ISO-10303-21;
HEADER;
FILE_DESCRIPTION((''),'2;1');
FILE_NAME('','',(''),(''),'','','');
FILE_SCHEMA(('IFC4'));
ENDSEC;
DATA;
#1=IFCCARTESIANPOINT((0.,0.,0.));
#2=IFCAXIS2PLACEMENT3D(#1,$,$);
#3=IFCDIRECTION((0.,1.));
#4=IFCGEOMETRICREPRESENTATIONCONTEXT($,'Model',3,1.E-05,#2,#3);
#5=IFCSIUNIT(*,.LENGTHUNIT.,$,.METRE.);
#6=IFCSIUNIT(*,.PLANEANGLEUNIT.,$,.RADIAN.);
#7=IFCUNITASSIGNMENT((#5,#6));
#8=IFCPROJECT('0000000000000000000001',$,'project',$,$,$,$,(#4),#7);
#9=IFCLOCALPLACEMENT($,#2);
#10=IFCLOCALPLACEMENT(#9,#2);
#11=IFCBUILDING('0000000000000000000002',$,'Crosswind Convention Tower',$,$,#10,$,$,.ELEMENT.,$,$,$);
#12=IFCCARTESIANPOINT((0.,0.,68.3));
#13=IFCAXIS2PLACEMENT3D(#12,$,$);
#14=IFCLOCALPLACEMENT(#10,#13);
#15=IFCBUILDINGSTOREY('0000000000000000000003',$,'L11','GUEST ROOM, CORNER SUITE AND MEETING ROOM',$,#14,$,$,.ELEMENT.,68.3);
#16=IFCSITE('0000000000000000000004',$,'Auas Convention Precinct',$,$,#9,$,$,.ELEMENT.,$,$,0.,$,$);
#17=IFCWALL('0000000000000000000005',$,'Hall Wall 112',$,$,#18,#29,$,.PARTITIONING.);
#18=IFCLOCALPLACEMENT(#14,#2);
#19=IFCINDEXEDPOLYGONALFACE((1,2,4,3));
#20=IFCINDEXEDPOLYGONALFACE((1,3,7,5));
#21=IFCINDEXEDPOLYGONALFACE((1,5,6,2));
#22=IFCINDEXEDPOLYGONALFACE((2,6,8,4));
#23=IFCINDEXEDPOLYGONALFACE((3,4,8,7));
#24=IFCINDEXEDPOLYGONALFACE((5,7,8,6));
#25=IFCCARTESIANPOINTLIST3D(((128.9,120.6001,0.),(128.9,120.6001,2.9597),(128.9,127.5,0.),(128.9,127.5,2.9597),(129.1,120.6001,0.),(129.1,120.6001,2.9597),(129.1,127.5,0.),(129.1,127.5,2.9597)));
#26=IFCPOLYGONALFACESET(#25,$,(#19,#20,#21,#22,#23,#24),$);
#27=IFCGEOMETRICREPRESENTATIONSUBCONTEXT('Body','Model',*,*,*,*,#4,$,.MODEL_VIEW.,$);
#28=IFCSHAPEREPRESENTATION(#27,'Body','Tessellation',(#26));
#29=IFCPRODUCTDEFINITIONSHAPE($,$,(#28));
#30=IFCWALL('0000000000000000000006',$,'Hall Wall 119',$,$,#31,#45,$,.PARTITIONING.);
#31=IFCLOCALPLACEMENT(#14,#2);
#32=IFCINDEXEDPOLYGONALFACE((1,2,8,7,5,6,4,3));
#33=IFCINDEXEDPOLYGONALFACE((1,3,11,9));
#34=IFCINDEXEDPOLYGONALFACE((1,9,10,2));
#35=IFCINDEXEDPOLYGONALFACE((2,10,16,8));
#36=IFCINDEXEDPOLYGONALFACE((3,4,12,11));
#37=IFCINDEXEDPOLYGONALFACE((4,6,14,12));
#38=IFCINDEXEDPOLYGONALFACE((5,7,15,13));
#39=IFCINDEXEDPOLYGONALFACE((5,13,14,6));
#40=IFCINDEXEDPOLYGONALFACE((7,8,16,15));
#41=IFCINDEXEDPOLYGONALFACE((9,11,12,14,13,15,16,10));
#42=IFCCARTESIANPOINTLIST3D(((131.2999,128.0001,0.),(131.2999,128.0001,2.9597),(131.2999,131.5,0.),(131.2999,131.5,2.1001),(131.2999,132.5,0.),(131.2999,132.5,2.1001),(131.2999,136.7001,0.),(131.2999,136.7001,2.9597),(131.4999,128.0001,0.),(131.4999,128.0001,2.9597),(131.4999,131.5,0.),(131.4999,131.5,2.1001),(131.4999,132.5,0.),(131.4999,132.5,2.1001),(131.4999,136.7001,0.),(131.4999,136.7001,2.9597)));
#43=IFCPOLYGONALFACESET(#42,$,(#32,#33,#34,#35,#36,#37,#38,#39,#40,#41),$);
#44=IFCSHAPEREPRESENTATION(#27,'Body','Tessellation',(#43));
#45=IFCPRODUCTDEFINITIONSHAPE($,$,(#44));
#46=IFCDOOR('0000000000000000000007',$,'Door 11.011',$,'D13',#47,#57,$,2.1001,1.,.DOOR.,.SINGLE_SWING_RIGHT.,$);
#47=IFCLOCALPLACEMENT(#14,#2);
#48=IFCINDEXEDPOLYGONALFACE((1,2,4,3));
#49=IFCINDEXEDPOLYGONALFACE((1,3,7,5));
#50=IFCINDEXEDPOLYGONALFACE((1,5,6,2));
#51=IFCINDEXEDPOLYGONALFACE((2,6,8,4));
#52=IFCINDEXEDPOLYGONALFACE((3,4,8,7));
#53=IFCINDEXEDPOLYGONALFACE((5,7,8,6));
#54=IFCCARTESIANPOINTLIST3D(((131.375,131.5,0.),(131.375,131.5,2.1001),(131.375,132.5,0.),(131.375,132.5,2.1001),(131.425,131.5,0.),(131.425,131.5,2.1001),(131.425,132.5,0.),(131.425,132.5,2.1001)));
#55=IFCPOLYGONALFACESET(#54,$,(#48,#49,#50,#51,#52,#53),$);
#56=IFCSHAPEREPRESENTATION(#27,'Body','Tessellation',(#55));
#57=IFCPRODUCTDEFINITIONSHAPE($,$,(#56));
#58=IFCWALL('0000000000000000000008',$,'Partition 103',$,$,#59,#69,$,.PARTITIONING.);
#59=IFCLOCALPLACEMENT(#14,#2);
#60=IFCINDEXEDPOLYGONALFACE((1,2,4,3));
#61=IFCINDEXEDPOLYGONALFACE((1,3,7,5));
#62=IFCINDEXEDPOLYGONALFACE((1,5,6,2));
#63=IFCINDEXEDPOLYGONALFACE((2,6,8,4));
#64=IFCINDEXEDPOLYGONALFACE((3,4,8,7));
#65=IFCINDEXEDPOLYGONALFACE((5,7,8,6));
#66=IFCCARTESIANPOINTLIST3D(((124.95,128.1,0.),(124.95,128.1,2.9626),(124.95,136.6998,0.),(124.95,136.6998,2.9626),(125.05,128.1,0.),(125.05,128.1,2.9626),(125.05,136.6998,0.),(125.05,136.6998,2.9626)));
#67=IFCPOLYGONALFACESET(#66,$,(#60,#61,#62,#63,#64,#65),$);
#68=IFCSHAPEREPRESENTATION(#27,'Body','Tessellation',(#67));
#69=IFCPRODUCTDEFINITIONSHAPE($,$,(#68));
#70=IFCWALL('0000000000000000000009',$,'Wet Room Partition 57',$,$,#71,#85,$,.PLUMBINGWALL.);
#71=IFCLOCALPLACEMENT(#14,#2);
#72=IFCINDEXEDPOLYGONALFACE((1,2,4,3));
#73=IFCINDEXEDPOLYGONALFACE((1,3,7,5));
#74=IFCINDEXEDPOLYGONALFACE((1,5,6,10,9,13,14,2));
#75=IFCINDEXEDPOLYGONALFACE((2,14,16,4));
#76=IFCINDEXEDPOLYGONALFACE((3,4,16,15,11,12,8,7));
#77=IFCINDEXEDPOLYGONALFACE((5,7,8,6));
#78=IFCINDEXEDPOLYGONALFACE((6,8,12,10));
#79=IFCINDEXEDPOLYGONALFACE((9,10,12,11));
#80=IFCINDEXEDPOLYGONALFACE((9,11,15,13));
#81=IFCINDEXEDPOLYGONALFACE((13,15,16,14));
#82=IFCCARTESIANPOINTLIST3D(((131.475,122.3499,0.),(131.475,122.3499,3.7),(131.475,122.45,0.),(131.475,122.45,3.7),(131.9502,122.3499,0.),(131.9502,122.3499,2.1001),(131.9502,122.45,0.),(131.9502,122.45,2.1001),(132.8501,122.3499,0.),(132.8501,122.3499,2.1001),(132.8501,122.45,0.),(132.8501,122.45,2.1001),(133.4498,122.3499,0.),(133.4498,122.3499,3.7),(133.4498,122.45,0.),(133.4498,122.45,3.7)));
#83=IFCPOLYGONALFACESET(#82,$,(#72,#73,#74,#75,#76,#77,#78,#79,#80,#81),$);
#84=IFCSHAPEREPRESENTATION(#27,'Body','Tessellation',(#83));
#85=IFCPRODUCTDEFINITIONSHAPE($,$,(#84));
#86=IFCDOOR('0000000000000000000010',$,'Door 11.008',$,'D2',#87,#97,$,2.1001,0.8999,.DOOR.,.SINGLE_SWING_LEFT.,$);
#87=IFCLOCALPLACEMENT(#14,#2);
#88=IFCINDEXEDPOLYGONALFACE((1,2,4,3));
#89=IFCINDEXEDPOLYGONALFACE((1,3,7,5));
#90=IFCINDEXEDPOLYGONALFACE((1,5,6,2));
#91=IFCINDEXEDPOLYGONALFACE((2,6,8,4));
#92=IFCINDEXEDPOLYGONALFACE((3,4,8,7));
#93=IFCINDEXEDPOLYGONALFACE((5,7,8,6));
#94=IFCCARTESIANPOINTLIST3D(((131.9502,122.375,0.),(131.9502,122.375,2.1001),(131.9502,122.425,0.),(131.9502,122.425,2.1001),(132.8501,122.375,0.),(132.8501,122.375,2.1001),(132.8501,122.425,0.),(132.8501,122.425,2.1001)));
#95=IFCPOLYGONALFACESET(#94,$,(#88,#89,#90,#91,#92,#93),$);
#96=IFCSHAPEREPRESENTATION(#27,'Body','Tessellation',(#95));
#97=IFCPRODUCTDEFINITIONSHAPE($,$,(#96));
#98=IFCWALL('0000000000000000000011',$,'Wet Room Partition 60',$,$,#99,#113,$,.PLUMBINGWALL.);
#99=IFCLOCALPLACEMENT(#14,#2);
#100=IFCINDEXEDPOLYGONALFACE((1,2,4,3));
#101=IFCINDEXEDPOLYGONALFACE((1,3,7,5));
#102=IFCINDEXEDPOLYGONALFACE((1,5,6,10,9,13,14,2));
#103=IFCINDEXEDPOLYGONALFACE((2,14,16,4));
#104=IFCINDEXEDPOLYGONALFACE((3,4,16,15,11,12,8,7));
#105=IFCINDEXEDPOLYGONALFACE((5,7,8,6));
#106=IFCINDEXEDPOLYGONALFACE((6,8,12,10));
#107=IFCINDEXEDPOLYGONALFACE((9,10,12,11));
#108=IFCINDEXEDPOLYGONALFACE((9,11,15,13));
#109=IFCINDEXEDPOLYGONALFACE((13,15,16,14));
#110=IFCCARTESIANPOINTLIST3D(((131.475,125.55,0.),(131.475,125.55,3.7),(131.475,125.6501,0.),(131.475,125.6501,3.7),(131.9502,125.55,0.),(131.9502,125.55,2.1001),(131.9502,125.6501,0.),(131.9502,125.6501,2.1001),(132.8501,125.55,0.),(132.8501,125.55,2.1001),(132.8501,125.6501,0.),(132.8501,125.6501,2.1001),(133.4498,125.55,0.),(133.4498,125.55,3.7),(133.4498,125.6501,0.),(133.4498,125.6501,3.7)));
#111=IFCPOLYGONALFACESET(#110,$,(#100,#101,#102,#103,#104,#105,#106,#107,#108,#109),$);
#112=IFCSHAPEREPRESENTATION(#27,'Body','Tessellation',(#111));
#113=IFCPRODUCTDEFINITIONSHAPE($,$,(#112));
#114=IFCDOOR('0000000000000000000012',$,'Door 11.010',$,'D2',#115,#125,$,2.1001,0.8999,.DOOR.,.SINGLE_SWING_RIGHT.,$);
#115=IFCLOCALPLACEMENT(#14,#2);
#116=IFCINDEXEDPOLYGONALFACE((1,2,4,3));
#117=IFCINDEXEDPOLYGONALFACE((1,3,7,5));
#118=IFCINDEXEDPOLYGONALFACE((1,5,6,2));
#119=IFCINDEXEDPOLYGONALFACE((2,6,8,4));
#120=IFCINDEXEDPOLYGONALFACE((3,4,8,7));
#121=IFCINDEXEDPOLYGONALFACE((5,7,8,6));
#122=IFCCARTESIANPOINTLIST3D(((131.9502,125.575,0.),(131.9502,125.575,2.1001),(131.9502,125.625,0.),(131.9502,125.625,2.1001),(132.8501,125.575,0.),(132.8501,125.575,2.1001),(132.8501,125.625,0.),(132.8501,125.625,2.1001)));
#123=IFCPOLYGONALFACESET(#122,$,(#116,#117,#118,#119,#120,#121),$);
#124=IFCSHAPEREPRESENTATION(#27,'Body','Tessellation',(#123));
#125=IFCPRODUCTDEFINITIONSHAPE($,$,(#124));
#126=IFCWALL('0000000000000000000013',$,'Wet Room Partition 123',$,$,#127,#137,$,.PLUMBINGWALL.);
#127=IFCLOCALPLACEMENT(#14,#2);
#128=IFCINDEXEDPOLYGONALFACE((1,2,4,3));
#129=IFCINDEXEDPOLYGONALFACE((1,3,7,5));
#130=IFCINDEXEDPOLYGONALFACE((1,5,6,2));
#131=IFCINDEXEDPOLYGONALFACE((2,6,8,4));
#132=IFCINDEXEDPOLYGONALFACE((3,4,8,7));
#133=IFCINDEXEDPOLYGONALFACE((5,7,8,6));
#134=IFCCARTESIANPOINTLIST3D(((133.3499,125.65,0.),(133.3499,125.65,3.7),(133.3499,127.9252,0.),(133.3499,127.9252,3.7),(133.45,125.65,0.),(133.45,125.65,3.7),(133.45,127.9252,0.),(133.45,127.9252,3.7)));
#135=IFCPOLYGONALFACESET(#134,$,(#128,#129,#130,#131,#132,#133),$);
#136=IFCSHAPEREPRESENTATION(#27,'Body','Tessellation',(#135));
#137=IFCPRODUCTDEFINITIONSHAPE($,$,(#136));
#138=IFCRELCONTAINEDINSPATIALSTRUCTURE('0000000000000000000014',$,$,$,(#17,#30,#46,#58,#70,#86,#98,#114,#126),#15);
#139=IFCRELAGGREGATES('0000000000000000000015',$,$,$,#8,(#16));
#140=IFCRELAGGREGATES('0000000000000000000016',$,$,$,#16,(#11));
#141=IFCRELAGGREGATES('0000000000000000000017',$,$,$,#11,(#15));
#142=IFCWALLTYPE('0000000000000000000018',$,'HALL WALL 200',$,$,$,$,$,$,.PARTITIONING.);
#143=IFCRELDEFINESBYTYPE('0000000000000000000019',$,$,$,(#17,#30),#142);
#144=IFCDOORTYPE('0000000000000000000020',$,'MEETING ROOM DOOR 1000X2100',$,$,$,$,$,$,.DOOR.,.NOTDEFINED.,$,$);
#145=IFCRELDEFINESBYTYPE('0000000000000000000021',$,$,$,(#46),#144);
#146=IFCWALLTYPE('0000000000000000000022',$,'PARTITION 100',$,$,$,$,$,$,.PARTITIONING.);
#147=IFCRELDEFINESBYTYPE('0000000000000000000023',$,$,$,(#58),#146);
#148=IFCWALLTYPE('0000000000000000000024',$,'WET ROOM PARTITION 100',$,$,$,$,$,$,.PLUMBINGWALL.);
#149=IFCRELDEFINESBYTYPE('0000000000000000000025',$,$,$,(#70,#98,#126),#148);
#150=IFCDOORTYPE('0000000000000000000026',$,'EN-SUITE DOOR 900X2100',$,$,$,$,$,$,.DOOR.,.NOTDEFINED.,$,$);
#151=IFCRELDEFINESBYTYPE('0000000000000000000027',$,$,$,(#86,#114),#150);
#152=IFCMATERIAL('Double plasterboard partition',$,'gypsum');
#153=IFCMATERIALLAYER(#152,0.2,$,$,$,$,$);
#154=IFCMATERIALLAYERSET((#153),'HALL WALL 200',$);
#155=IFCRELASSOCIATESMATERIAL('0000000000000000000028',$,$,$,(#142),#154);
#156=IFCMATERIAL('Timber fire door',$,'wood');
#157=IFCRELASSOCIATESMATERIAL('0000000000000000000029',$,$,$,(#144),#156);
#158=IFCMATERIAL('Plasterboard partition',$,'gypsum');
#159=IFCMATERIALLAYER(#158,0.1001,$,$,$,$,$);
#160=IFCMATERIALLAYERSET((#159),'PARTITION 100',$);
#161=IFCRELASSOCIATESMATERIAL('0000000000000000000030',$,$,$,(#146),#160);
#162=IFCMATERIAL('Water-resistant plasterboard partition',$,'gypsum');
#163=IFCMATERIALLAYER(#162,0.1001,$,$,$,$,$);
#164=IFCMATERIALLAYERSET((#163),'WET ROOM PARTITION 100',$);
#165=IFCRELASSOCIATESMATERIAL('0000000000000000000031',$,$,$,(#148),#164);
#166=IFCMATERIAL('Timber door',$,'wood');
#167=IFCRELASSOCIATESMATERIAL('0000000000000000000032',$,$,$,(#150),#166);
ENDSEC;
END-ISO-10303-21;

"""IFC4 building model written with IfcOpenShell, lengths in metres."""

from ifc_helpers import new_model, si_unit, direction, frame, frame_2d, origin, place, context, subcontext, project, spatial, rectangle, extrude, material, layer, layer_set, type_object, element, fill, save


model = new_model("IFC4")

# Units and contexts
model_context = context("Model", 3, precision=1e-05, world=origin(), true_north=direction((0.0, 1.0)))
body_context = subcontext(model_context, "Body", "Model", "MODEL_VIEW")
ifc_project = project(units=[si_unit("LENGTHUNIT", "METRE"), si_unit("PLANEANGLEUNIT", "RADIAN")], contexts=[model_context])

# Site, building, storey
site_placement = place(None, origin())
site = spatial("IfcSite", under=ifc_project, at=site_placement, Name="Auas Convention Precinct", CompositionType="ELEMENT", RefElevation=0.0)
building_placement = place(site_placement, origin())
building = spatial("IfcBuilding", under=site, at=building_placement, Name="Crosswind Convention Tower", CompositionType="ELEMENT")
storey_placement = place(building_placement, frame((0.0, 0.0, 68.3)))
storey = spatial("IfcBuildingStorey", under=building, at=storey_placement, Name="L11", Description="GUEST ROOM, CORNER SUITE AND MEETING ROOM", CompositionType="ELEMENT", Elevation=68.3)

# Wall
ifc_material_1 = material(Name="Double plasterboard partition", Category="gypsum")
ifc_layer_1 = layer(ifc_material_1, 0.2)
ifc_layer_set_1 = layer_set([ifc_layer_1], Name="HALL WALL 200")
wall_type_1 = type_object("IfcWallType", Name="HALL WALL 200", PredefinedType="PARTITIONING", material=ifc_layer_set_1)
wall_1_placement = place(storey_placement, frame((129.0, 120.6001, 0.0), z_axis=(0.0, 0.0, 1.0), x_axis=(0.0, 1.0, 0.0)))
element("IfcWall", 1, at=wall_1_placement, inside=storey, type_object=wall_type_1, Name="Hall Wall 112", PredefinedType="PARTITIONING", context=body_context, shape_type="SweptSolid", body=[
    extrude(rectangle(XDim=6.8999, YDim=0.2, at=frame_2d((3.45, 0.0))), origin(), (0.0, 0.0, 1.0), 2.9597),
])

# Wall, opening, door
wall_2_placement = place(storey_placement, frame((131.3999, 128.0, 0.0), z_axis=(0.0, 0.0, 1.0), x_axis=(0.0, 1.0, 0.0)))
wall_2 = element("IfcWall", 2, at=wall_2_placement, inside=storey, type_object=wall_type_1, Name="Hall Wall 119", PredefinedType="PARTITIONING", context=body_context, shape_type="SweptSolid", body=[
    extrude(rectangle(XDim=8.7, YDim=0.2, at=frame_2d((4.3501, 0.0))), origin(), (0.0, 0.0, 1.0), 2.9597),
])
opening_1_placement = place(wall_2_placement, frame((3.5, 0.0, 0.0)))
opening_1 = element("IfcOpeningElement", 3, at=opening_1_placement, cuts=wall_2, PredefinedType="OPENING", context=body_context, shape_type="SweptSolid", body=[
    extrude(rectangle(XDim=1.0, YDim=2.1001, at=frame_2d((0.5, 1.05))), frame((0.0, 0.1099, 0.0), z_axis=(0.0, -1.0, 0.0), x_axis=(1.0, 0.0, 0.0)), (0.0, 0.0, 1.0), 0.22),
])
ifc_material_2 = material(Name="Timber fire door", Category="wood")
door_type_1 = type_object("IfcDoorType", Name="MEETING ROOM DOOR 1000X2100", OperationType="NOTDEFINED", PredefinedType="DOOR", material=ifc_material_2)
door_1_placement = place(opening_1_placement, origin())
door_1 = element("IfcDoor", 4, at=door_1_placement, inside=storey, type_object=door_type_1, Name="Door 11.011", ObjectType="D13", OperationType="SINGLE_SWING_RIGHT", OverallHeight=2.1001, OverallWidth=1.0, PredefinedType="DOOR", context=body_context, shape_type="SweptSolid", body=[
    extrude(rectangle(XDim=1.0, YDim=2.1001, at=frame_2d((0.5, 1.05))), frame((0.0, 0.0249, 0.0), z_axis=(0.0, -1.0, 0.0), x_axis=(1.0, 0.0, 0.0)), (0.0, 0.0, 1.0), 0.05),
])
fill(opening_1, door_1)

# Wall
ifc_material_3 = material(Name="Plasterboard partition", Category="gypsum")
ifc_layer_2 = layer(ifc_material_3, 0.1001)
ifc_layer_set_2 = layer_set([ifc_layer_2], Name="PARTITION 100")
wall_type_2 = type_object("IfcWallType", Name="PARTITION 100", PredefinedType="PARTITIONING", material=ifc_layer_set_2)
wall_3_placement = place(storey_placement, frame((125.0, 128.1001, 0.0), z_axis=(0.0, 0.0, 1.0), x_axis=(0.0, 1.0, 0.0)))
element("IfcWall", 5, at=wall_3_placement, inside=storey, type_object=wall_type_2, Name="Partition 103", PredefinedType="PARTITIONING", context=body_context, shape_type="SweptSolid", body=[
    extrude(rectangle(XDim=8.5999, YDim=0.1001, at=frame_2d((4.2998, 0.0))), origin(), (0.0, 0.0, 1.0), 2.9626),
])

# Walls, openings, doors
ifc_material_4 = material(Name="Water-resistant plasterboard partition", Category="gypsum")
ifc_layer_3 = layer(ifc_material_4, 0.1001)
ifc_layer_set_3 = layer_set([ifc_layer_3], Name="WET ROOM PARTITION 100")
wall_type_3 = type_object("IfcWallType", Name="WET ROOM PARTITION 100", PredefinedType="PLUMBINGWALL", material=ifc_layer_set_3)
wall_4_placement = place(storey_placement, frame((131.4751, 122.3999, 0.0), z_axis=(0.0, 0.0, 1.0), x_axis=(1.0, 0.0, 0.0)))
wall_4 = element("IfcWall", 6, at=wall_4_placement, inside=storey, type_object=wall_type_3, Name="Wet Room Partition 57", PredefinedType="PLUMBINGWALL", context=body_context, shape_type="SweptSolid", body=[
    extrude(rectangle(XDim=1.9749, YDim=0.1001, at=frame_2d((0.9873, 0.0))), origin(), (0.0, 0.0, 1.0), 3.7),
])
opening_2_placement = place(wall_4_placement, frame((0.4751, 0.0, 0.0)))
opening_2 = element("IfcOpeningElement", 7, at=opening_2_placement, cuts=wall_4, PredefinedType="OPENING", context=body_context, shape_type="SweptSolid", body=[
    extrude(rectangle(XDim=0.8999, YDim=2.1001, at=frame_2d((0.45, 1.05))), frame((0.0, 0.0601, 0.0), z_axis=(0.0, -1.0, 0.0), x_axis=(1.0, 0.0, 0.0)), (0.0, 0.0, 1.0), 0.1201),
])
ifc_material_5 = material(Name="Timber door", Category="wood")
door_type_2 = type_object("IfcDoorType", Name="EN-SUITE DOOR 900X2100", OperationType="NOTDEFINED", PredefinedType="DOOR", material=ifc_material_5)
door_2_placement = place(opening_2_placement, frame((0.8999, 0.0, 0.0), z_axis=(0.0, 0.0, 1.0), x_axis=(-1.0, 0.0, 0.0)))
door_2 = element("IfcDoor", 8, at=door_2_placement, inside=storey, type_object=door_type_2, Name="Door 11.008", ObjectType="D2", OperationType="SINGLE_SWING_LEFT", OverallHeight=2.1001, OverallWidth=0.8999, PredefinedType="DOOR", context=body_context, shape_type="SweptSolid", body=[
    extrude(rectangle(XDim=0.8999, YDim=2.1001, at=frame_2d((0.45, 1.05))), frame((0.0, 0.0249, 0.0), z_axis=(0.0, -1.0, 0.0), x_axis=(1.0, 0.0, 0.0)), (0.0, 0.0, 1.0), 0.05),
])
fill(opening_2, door_2)
wall_5_placement = place(storey_placement, frame((131.4751, 125.6001, 0.0), z_axis=(0.0, 0.0, 1.0), x_axis=(1.0, 0.0, 0.0)))
wall_5 = element("IfcWall", 9, at=wall_5_placement, inside=storey, type_object=wall_type_3, Name="Wet Room Partition 60", PredefinedType="PLUMBINGWALL", context=body_context, shape_type="SweptSolid", body=[
    extrude(rectangle(XDim=1.9749, YDim=0.1001, at=frame_2d((0.9873, 0.0))), origin(), (0.0, 0.0, 1.0), 3.7),
])
opening_3_placement = place(wall_5_placement, frame((0.4751, 0.0, 0.0)))
opening_3 = element("IfcOpeningElement", 10, at=opening_3_placement, cuts=wall_5, PredefinedType="OPENING", context=body_context, shape_type="SweptSolid", body=[
    extrude(rectangle(XDim=0.8999, YDim=2.1001, at=frame_2d((0.45, 1.05))), frame((0.0, 0.0601, 0.0), z_axis=(0.0, -1.0, 0.0), x_axis=(1.0, 0.0, 0.0)), (0.0, 0.0, 1.0), 0.1201),
])
door_3_placement = place(opening_3_placement, origin())
door_3 = element("IfcDoor", 11, at=door_3_placement, inside=storey, type_object=door_type_2, Name="Door 11.010", ObjectType="D2", OperationType="SINGLE_SWING_RIGHT", OverallHeight=2.1001, OverallWidth=0.8999, PredefinedType="DOOR", context=body_context, shape_type="SweptSolid", body=[
    extrude(rectangle(XDim=0.8999, YDim=2.1001, at=frame_2d((0.45, 1.05))), frame((0.0, 0.0249, 0.0), z_axis=(0.0, -1.0, 0.0), x_axis=(1.0, 0.0, 0.0)), (0.0, 0.0, 1.0), 0.05),
])
fill(opening_3, door_3)

# Wall
wall_6_placement = place(storey_placement, frame((133.3999, 125.6499, 0.0), z_axis=(0.0, 0.0, 1.0), x_axis=(0.0, 1.0, 0.0)))
element("IfcWall", 12, at=wall_6_placement, inside=storey, type_object=wall_type_3, Name="Wet Room Partition 123", PredefinedType="PLUMBINGWALL", context=body_context, shape_type="SweptSolid", body=[
    extrude(rectangle(XDim=2.2751, YDim=0.1001, at=frame_2d((1.1377, 0.0))), origin(), (0.0, 0.0, 1.0), 3.7),
])

save(model, "model.ifc")
